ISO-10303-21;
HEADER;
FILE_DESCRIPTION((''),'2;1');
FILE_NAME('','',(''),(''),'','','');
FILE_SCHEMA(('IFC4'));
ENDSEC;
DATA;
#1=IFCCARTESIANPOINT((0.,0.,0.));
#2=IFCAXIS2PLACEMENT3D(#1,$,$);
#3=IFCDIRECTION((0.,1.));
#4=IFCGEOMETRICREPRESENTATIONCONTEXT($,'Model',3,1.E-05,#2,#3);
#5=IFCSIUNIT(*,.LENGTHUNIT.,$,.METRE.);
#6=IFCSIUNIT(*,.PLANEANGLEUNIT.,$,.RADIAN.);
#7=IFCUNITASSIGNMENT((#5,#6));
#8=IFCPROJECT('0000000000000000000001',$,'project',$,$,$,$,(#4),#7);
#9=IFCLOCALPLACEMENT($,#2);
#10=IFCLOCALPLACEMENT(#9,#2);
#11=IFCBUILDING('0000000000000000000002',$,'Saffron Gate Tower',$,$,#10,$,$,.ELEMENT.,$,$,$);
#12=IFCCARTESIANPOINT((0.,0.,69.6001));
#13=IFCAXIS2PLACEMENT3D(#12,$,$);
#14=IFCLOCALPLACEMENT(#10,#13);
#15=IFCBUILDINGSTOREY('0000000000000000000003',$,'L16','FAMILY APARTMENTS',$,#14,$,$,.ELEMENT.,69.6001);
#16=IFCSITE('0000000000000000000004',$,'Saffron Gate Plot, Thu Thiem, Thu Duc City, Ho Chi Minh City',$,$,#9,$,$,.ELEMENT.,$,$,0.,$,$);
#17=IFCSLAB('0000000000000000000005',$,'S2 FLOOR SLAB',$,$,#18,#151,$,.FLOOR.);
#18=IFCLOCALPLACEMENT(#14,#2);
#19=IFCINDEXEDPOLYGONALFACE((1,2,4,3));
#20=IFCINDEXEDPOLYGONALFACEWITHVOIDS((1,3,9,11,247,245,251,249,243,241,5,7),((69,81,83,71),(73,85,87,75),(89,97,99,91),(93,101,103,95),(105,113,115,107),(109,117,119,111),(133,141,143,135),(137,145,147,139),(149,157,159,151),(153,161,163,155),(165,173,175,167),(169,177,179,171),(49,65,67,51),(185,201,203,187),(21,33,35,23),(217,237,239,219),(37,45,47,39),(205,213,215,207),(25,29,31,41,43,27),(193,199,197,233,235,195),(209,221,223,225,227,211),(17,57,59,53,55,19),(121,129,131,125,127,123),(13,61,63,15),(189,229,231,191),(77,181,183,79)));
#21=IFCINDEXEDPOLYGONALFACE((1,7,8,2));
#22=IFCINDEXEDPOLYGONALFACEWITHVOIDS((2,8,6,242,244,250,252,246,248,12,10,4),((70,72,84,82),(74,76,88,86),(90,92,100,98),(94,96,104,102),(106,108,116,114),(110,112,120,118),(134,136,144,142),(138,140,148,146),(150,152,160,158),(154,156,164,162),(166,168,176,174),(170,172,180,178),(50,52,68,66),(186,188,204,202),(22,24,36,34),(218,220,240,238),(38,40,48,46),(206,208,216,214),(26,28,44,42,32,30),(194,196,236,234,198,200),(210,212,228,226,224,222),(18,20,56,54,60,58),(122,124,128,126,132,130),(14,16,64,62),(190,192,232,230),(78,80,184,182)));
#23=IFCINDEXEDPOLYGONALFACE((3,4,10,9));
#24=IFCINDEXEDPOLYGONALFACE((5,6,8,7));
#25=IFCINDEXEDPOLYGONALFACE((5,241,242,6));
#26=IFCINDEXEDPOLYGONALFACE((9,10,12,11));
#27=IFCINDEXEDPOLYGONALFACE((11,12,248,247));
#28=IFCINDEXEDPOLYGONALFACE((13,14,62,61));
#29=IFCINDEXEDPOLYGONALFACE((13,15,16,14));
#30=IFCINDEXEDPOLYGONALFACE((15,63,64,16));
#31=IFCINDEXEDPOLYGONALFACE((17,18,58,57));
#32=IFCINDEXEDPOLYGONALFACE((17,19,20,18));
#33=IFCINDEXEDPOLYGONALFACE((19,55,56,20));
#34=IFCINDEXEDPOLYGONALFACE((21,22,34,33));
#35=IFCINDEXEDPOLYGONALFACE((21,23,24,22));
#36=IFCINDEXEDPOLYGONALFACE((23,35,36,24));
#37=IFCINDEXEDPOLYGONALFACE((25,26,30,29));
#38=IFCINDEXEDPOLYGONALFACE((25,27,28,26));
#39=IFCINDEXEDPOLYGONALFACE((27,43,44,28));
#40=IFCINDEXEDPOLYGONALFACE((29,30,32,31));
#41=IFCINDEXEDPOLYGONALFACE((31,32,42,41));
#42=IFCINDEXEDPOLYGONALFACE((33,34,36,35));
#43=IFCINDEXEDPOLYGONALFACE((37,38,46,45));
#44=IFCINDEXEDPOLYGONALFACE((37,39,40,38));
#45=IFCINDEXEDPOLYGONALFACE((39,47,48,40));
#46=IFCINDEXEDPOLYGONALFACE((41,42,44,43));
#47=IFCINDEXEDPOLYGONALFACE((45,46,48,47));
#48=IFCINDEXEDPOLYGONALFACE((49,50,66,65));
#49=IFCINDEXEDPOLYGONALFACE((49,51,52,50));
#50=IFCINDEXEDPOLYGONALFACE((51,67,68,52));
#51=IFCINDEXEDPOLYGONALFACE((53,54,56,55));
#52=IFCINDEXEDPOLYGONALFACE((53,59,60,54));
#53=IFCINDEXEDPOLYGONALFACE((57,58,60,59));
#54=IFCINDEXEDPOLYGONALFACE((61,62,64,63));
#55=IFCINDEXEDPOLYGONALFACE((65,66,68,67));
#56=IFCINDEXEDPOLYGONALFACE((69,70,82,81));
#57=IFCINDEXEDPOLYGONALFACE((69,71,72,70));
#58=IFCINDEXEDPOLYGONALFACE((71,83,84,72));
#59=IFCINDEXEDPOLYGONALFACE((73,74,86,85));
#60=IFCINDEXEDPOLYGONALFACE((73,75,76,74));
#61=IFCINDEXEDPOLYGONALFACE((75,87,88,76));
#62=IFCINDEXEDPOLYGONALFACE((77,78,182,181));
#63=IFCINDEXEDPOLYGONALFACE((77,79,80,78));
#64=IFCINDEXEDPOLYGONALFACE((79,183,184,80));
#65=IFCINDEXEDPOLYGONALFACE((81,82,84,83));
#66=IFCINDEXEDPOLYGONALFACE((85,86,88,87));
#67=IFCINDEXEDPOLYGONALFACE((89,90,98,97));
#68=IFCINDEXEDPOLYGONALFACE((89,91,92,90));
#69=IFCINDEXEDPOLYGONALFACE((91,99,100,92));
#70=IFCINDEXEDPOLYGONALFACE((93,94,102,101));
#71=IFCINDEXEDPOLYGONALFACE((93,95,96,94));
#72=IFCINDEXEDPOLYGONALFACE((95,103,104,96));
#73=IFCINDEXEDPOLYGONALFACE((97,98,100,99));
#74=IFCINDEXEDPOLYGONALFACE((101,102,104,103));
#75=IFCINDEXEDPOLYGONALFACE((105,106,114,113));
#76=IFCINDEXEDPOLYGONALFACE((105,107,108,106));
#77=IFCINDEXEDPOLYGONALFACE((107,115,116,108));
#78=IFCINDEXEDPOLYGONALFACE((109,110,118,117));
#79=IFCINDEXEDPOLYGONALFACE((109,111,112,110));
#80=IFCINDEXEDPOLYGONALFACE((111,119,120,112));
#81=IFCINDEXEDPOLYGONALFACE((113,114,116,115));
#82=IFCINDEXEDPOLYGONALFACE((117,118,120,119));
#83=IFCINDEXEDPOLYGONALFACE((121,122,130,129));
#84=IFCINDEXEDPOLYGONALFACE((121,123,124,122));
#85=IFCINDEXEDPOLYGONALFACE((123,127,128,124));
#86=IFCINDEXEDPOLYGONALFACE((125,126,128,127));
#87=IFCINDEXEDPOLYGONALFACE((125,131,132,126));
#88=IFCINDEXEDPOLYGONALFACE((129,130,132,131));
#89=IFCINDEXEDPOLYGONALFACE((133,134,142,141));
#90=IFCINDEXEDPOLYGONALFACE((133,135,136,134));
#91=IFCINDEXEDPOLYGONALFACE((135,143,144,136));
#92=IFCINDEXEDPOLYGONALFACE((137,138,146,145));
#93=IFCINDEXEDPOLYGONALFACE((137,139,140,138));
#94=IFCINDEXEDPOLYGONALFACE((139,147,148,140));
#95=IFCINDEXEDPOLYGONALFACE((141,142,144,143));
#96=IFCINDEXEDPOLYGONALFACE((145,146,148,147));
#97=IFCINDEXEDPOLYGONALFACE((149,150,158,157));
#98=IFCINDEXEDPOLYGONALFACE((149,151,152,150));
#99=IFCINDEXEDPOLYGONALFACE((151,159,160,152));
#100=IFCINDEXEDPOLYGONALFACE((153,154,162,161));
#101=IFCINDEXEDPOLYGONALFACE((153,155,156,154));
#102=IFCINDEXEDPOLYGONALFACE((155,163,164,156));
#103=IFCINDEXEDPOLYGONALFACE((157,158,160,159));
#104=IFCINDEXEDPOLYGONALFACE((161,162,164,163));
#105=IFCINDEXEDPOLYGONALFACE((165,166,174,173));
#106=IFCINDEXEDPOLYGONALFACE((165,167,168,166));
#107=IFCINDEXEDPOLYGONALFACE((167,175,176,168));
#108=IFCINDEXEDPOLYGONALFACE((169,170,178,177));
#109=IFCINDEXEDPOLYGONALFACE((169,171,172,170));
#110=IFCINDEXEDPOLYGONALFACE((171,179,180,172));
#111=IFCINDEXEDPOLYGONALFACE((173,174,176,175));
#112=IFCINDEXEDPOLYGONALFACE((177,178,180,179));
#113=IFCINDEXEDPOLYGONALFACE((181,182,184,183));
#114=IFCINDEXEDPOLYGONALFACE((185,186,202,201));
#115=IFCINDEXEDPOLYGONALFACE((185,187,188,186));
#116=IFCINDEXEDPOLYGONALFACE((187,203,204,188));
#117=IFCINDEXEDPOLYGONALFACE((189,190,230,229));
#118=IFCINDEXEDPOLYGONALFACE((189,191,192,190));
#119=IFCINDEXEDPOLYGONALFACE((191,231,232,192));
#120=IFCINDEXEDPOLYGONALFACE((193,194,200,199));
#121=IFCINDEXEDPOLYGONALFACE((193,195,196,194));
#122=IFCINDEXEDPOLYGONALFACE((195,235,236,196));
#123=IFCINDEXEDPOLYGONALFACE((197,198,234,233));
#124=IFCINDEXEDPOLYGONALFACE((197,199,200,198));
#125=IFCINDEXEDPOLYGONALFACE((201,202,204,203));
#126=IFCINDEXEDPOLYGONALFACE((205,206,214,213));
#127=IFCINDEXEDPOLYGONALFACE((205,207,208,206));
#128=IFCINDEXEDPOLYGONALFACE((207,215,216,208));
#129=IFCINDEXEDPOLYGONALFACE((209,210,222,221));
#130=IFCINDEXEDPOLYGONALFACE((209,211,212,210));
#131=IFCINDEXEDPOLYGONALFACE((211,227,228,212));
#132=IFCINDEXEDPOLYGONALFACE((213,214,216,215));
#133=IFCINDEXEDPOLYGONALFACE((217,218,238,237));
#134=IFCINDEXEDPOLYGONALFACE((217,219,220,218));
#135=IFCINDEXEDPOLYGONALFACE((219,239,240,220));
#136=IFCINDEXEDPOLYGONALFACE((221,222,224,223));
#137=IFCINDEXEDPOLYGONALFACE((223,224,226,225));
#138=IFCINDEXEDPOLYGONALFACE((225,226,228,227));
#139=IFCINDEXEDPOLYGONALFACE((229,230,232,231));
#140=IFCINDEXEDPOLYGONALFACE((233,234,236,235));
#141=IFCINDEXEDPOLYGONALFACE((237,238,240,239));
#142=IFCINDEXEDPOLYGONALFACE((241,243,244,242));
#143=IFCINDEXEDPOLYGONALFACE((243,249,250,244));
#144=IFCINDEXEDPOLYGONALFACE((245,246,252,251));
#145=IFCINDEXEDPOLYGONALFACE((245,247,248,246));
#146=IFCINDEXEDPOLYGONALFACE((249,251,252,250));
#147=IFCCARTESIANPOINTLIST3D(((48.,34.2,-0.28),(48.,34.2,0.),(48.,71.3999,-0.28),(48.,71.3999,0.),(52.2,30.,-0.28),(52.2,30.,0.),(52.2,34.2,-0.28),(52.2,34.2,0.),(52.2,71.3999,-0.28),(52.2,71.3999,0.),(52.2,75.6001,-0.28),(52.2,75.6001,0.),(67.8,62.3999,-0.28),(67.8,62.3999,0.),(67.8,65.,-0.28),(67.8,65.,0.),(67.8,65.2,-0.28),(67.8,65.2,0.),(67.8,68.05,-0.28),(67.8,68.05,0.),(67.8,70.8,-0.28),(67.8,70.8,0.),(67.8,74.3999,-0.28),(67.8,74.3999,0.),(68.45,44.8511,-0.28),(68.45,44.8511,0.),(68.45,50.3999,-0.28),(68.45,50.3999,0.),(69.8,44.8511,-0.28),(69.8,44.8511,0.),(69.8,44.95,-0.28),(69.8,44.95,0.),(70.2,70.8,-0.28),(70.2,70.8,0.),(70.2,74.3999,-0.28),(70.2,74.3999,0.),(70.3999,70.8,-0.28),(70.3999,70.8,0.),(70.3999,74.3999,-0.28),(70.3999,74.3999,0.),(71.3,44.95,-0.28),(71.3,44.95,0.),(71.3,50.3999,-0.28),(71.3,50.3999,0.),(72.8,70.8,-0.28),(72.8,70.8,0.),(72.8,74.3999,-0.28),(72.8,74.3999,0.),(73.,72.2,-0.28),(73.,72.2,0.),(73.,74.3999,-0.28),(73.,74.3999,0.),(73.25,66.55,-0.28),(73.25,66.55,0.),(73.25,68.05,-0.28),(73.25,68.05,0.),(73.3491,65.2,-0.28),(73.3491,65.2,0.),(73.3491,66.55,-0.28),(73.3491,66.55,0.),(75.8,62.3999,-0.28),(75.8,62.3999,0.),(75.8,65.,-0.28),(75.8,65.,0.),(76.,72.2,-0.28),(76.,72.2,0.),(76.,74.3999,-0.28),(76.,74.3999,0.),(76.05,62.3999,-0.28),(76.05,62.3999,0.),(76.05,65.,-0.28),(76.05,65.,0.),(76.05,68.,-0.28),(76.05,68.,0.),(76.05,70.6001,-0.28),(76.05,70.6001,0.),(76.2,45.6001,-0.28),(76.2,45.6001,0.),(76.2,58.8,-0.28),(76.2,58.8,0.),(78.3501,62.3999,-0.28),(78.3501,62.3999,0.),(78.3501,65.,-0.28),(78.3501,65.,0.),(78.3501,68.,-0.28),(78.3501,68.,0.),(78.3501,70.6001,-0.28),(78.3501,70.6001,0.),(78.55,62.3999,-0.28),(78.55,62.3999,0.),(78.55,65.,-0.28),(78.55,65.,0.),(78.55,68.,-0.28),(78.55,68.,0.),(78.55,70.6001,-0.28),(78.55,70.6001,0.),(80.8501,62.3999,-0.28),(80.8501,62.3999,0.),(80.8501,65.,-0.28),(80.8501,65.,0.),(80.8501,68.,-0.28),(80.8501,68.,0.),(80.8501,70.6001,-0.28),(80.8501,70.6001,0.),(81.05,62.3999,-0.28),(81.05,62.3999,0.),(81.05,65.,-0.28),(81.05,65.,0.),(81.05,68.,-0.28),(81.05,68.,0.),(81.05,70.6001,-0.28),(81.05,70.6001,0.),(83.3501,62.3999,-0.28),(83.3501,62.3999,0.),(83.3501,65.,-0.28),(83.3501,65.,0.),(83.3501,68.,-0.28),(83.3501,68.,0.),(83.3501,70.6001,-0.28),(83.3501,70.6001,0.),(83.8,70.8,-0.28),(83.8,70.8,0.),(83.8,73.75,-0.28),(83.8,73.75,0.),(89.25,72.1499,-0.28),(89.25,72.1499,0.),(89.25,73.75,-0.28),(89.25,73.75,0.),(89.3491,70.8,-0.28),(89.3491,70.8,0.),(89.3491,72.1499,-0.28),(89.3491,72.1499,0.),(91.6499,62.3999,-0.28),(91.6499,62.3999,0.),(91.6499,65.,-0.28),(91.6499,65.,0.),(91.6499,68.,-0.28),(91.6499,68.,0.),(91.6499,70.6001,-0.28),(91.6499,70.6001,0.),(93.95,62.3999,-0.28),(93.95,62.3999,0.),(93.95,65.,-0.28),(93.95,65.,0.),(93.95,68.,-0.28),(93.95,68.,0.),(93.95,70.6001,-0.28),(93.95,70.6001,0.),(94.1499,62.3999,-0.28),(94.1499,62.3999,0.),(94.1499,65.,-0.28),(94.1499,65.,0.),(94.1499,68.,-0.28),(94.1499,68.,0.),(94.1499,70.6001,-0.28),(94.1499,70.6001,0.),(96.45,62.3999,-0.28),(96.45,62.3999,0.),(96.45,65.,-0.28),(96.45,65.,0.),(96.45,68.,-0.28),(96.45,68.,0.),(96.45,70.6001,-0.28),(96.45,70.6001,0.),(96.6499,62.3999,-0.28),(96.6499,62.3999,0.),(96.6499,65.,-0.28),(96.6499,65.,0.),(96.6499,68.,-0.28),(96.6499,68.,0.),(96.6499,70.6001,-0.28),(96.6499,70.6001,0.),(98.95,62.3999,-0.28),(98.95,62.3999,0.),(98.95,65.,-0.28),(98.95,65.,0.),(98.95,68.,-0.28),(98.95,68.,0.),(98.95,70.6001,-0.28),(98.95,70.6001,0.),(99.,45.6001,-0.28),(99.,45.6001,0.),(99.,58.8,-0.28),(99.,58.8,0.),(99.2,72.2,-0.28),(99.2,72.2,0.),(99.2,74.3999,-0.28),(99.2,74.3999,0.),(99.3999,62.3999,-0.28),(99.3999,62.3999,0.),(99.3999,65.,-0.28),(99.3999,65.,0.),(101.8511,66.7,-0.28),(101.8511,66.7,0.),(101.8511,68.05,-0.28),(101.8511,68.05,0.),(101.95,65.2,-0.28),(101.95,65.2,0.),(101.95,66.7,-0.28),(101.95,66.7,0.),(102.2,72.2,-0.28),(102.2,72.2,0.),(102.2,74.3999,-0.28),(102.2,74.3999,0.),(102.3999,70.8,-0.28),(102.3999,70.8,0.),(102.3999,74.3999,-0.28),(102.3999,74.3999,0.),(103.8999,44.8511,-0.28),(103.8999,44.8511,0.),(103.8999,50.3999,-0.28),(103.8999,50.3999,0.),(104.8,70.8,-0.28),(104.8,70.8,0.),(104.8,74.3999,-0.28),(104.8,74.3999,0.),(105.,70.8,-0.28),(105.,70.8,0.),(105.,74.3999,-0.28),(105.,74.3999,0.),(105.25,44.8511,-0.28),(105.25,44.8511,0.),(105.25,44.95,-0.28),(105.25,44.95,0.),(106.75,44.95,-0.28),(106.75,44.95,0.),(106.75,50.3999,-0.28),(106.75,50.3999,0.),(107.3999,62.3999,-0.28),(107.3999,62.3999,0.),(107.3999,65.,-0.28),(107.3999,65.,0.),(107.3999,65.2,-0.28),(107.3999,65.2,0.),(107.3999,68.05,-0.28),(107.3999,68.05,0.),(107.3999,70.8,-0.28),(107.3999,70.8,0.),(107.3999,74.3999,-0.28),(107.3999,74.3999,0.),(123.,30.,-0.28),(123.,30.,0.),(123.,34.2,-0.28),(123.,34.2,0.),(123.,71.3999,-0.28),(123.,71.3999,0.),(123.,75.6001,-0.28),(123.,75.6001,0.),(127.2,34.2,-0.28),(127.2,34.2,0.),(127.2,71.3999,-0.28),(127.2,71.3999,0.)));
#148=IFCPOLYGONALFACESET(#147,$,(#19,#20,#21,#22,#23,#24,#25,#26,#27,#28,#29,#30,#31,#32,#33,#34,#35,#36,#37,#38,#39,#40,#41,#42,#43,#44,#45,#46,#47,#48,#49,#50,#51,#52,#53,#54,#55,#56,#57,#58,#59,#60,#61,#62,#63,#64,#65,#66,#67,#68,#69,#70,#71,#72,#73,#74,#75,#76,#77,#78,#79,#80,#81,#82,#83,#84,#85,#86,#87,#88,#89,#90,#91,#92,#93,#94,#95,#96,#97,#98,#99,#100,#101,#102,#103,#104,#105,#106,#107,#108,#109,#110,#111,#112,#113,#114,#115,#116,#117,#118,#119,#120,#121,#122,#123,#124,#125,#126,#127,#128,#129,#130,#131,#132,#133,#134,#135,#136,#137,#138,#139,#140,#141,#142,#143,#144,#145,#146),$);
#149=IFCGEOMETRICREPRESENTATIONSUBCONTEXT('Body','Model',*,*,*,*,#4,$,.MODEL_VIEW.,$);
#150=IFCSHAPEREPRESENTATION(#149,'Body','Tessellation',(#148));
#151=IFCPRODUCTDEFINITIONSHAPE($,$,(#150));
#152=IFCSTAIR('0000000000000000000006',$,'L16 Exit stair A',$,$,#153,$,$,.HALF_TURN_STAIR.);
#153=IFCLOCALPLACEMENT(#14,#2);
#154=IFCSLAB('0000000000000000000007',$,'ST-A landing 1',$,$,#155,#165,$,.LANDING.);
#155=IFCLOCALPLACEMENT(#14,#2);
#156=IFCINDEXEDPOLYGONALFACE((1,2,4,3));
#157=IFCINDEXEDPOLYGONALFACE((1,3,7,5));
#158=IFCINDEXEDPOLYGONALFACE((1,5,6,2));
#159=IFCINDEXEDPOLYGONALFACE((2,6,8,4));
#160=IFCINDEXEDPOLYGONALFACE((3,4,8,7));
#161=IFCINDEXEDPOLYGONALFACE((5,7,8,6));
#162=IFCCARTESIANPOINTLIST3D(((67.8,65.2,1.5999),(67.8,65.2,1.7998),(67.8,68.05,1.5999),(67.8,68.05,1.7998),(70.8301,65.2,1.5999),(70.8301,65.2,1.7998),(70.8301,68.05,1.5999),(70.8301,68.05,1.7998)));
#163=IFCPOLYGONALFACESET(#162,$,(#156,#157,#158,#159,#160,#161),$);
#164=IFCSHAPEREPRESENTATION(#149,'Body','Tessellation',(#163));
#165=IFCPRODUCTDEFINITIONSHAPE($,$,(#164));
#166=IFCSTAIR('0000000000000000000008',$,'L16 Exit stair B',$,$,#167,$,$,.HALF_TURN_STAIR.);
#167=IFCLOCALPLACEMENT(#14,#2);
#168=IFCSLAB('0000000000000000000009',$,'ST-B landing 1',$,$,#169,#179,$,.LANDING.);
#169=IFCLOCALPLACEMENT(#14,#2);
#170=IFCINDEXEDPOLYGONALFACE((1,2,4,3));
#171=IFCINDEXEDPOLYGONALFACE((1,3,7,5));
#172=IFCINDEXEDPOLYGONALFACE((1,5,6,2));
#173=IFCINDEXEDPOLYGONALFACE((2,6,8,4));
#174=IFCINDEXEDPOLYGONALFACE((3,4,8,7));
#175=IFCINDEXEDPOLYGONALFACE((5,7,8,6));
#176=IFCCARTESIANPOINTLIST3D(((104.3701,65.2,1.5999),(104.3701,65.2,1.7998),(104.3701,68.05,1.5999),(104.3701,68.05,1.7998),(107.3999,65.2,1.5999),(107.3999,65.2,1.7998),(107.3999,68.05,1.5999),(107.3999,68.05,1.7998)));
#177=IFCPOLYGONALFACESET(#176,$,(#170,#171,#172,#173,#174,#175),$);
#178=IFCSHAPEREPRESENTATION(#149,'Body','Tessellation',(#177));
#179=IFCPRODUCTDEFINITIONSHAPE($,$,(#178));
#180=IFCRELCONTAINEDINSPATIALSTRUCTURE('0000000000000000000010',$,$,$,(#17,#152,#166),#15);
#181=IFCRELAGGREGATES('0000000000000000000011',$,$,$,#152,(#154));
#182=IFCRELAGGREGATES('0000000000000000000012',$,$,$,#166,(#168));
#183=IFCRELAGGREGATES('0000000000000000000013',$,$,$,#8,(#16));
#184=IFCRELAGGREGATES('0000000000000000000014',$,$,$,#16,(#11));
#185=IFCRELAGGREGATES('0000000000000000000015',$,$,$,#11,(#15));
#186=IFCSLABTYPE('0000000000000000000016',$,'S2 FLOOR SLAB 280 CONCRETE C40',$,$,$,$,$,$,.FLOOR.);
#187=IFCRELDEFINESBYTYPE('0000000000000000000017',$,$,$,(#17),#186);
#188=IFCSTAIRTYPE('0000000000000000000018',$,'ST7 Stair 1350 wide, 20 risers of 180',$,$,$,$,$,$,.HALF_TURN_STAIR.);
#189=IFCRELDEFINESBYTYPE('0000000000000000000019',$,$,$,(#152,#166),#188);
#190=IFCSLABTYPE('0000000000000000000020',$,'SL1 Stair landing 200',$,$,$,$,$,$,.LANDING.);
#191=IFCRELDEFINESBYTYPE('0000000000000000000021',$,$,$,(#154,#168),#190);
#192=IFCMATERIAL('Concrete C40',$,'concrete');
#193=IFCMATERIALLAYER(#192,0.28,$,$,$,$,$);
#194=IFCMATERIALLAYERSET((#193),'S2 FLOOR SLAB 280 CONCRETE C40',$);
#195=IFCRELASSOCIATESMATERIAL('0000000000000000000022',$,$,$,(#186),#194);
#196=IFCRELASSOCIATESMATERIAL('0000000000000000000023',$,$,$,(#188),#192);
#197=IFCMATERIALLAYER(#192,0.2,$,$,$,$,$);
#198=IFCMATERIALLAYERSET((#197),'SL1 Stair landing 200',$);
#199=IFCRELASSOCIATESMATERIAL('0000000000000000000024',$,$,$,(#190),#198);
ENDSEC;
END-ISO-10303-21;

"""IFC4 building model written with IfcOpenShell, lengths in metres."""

from ifc_helpers import new_model, si_unit, direction, frame, origin, place, context, subcontext, project, spatial, polyline, outline, extrude, material, layer, layer_set, type_object, element, aggregate, save


model = new_model("IFC4")

# Units and contexts
model_context = context("Model", 3, precision=1e-05, world=origin(), true_north=direction((0.0, 1.0)))
body_context = subcontext(model_context, "Body", "Model", "MODEL_VIEW")
ifc_project = project(units=[si_unit("LENGTHUNIT", "METRE"), si_unit("PLANEANGLEUNIT", "RADIAN")], contexts=[model_context])

# Site, building, storey
site_placement = place(None, origin())
site = spatial("IfcSite", under=ifc_project, at=site_placement, Name="Saffron Gate Plot, Thu Thiem, Thu Duc City, Ho Chi Minh City", CompositionType="ELEMENT", RefElevation=0.0)
building_placement = place(site_placement, origin())
building = spatial("IfcBuilding", under=site, at=building_placement, Name="Saffron Gate Tower", CompositionType="ELEMENT")
storey_placement = place(building_placement, frame((0.0, 0.0, 69.6001)))
storey = spatial("IfcBuildingStorey", under=building, at=storey_placement, Name="L16", Description="FAMILY APARTMENTS", CompositionType="ELEMENT", Elevation=69.6001)

# Slab
ifc_material_1 = material(Name="Concrete C40", Category="concrete")
ifc_layer_1 = layer(ifc_material_1, 0.28)
ifc_layer_set_1 = layer_set([ifc_layer_1], Name="S2 FLOOR SLAB 280 CONCRETE C40")
slab_type_1 = type_object("IfcSlabType", Name="S2 FLOOR SLAB 280 CONCRETE C40", PredefinedType="FLOOR", material=ifc_layer_set_1)
slab_1_placement = place(storey_placement, frame((0.0, 0.0, -0.28)))
element("IfcSlab", 1, at=slab_1_placement, inside=storey, type_object=slab_type_1, Name="S2 FLOOR SLAB", PredefinedType="FLOOR", context=body_context, shape_type="SweptSolid", body=[
    extrude(outline(polyline([(48.0, 34.2), (52.2, 34.2), (52.2, 30.0), (123.0, 30.0), (123.0, 34.2), (127.2, 34.2), (127.2, 71.3999), (123.0, 71.3999), (123.0, 75.6001), (52.2, 75.6001), (52.2, 71.3999), (48.0, 71.3999), (48.0, 34.2)]), holes=[polyline([(67.8, 62.3999), (67.8, 65.0), (75.8, 65.0), (75.8, 62.3999), (67.8, 62.3999)]), polyline([(67.8, 65.2), (67.8, 68.05), (73.25, 68.05), (73.25, 66.55), (73.3491, 66.55), (73.3491, 65.2), (67.8, 65.2)]), polyline([(67.8, 70.8), (67.8, 74.3999), (70.2, 74.3999), (70.2, 70.8), (67.8, 70.8)]), polyline([(68.45, 44.8511), (68.45, 50.3999), (71.3, 50.3999), (71.3, 44.95), (69.8, 44.95), (69.8, 44.8511), (68.45, 44.8511)]), polyline([(70.3999, 70.8), (70.3999, 74.3999), (72.8, 74.3999), (72.8, 70.8), (70.3999, 70.8)]), polyline([(73.0, 72.2), (73.0, 74.3999), (76.0, 74.3999), (76.0, 72.2), (73.0, 72.2)]), polyline([(76.05, 62.3999), (76.05, 65.0), (78.3501, 65.0), (78.3501, 62.3999), (76.05, 62.3999)]), polyline([(76.05, 68.0), (76.05, 70.6001), (78.3501, 70.6001), (78.3501, 68.0), (76.05, 68.0)]), polyline([(76.2, 45.6001), (76.2, 58.8), (99.0, 58.8), (99.0, 45.6001), (76.2, 45.6001)]), polyline([(78.55, 62.3999), (78.55, 65.0), (80.8501, 65.0), (80.8501, 62.3999), (78.55, 62.3999)]), polyline([(78.55, 68.0), (78.55, 70.6001), (80.8501, 70.6001), (80.8501, 68.0), (78.55, 68.0)]), polyline([(81.05, 62.3999), (81.05, 65.0), (83.3501, 65.0), (83.3501, 62.3999), (81.05, 62.3999)]), polyline([(81.05, 68.0), (81.05, 70.6001), (83.3501, 70.6001), (83.3501, 68.0), (81.05, 68.0)]), polyline([(83.8, 70.8), (83.8, 73.75), (89.25, 73.75), (89.25, 72.1499), (89.3491, 72.1499), (89.3491, 70.8), (83.8, 70.8)]), polyline([(91.6499, 62.3999), (91.6499, 65.0), (93.95, 65.0), (93.95, 62.3999), (91.6499, 62.3999)]), polyline([(91.6499, 68.0), (91.6499, 70.6001), (93.95, 70.6001), (93.95, 68.0), (91.6499, 68.0)]), polyline([(94.1499, 62.3999), (94.1499, 65.0), (96.45, 65.0), (96.45, 62.3999), (94.1499, 62.3999)]), polyline([(94.1499, 68.0), (94.1499, 70.6001), (96.45, 70.6001), (96.45, 68.0), (94.1499, 68.0)]), polyline([(96.6499, 62.3999), (96.6499, 65.0), (98.95, 65.0), (98.95, 62.3999), (96.6499, 62.3999)]), polyline([(96.6499, 68.0), (96.6499, 70.6001), (98.95, 70.6001), (98.95, 68.0), (96.6499, 68.0)]), polyline([(99.2, 72.2), (99.2, 74.3999), (102.2, 74.3999), (102.2, 72.2), (99.2, 72.2)]), polyline([(99.3999, 62.3999), (99.3999, 65.0), (107.3999, 65.0), (107.3999, 62.3999), (99.3999, 62.3999)]), polyline([(101.8511, 66.7), (101.8511, 68.05), (107.3999, 68.05), (107.3999, 65.2), (101.95, 65.2), (101.95, 66.7), (101.8511, 66.7)]), polyline([(102.3999, 70.8), (102.3999, 74.3999), (104.8, 74.3999), (104.8, 70.8), (102.3999, 70.8)]), polyline([(103.8999, 44.8511), (103.8999, 50.3999), (106.75, 50.3999), (106.75, 44.95), (105.25, 44.95), (105.25, 44.8511), (103.8999, 44.8511)]), polyline([(105.0, 70.8), (105.0, 74.3999), (107.3999, 74.3999), (107.3999, 70.8), (105.0, 70.8)])]), origin(), (0.0, 0.0, 1.0), 0.28),
])

# Stairs, slabs
stair_type = type_object("IfcStairType", Name="ST7 Stair 1350 wide, 20 risers of 180", PredefinedType="HALF_TURN_STAIR", material=ifc_material_1)
stair_1_placement = place(storey_placement, origin())
stair_1 = element("IfcStair", 2, at=stair_1_placement, inside=storey, type_object=stair_type, Name="L16 Exit stair A", PredefinedType="HALF_TURN_STAIR")
ifc_layer_2 = layer(ifc_material_1, 0.2)
ifc_layer_set_2 = layer_set([ifc_layer_2], Name="SL1 Stair landing 200")
slab_type_2 = type_object("IfcSlabType", Name="SL1 Stair landing 200", PredefinedType="LANDING", material=ifc_layer_set_2)
slab_2_placement = place(storey_placement, frame((0.0, 0.0, 1.5999)))
slab_2 = element("IfcSlab", 3, at=slab_2_placement, type_object=slab_type_2, Name="ST-A landing 1", PredefinedType="LANDING", context=body_context, shape_type="SweptSolid", body=[
    extrude(outline(polyline([(70.8301, 68.05), (67.8, 68.05), (67.8, 65.2), (70.8301, 65.2), (70.8301, 68.05)])), origin(), (0.0, 0.0, 1.0), 0.2),
])
aggregate(stair_1, [slab_2])
stair_2_placement = place(storey_placement, origin())
stair_2 = element("IfcStair", 4, at=stair_2_placement, inside=storey, type_object=stair_type, Name="L16 Exit stair B", PredefinedType="HALF_TURN_STAIR")
slab_3_placement = place(storey_placement, frame((0.0, 0.0, 1.5999)))
slab_3 = element("IfcSlab", 5, at=slab_3_placement, type_object=slab_type_2, Name="ST-B landing 1", PredefinedType="LANDING", context=body_context, shape_type="SweptSolid", body=[
    extrude(outline(polyline([(104.3701, 65.2), (107.3999, 65.2), (107.3999, 68.05), (104.3701, 68.05), (104.3701, 65.2)])), origin(), (0.0, 0.0, 1.0), 0.2),
])
aggregate(stair_2, [slab_3])

save(model, "model.ifc")
